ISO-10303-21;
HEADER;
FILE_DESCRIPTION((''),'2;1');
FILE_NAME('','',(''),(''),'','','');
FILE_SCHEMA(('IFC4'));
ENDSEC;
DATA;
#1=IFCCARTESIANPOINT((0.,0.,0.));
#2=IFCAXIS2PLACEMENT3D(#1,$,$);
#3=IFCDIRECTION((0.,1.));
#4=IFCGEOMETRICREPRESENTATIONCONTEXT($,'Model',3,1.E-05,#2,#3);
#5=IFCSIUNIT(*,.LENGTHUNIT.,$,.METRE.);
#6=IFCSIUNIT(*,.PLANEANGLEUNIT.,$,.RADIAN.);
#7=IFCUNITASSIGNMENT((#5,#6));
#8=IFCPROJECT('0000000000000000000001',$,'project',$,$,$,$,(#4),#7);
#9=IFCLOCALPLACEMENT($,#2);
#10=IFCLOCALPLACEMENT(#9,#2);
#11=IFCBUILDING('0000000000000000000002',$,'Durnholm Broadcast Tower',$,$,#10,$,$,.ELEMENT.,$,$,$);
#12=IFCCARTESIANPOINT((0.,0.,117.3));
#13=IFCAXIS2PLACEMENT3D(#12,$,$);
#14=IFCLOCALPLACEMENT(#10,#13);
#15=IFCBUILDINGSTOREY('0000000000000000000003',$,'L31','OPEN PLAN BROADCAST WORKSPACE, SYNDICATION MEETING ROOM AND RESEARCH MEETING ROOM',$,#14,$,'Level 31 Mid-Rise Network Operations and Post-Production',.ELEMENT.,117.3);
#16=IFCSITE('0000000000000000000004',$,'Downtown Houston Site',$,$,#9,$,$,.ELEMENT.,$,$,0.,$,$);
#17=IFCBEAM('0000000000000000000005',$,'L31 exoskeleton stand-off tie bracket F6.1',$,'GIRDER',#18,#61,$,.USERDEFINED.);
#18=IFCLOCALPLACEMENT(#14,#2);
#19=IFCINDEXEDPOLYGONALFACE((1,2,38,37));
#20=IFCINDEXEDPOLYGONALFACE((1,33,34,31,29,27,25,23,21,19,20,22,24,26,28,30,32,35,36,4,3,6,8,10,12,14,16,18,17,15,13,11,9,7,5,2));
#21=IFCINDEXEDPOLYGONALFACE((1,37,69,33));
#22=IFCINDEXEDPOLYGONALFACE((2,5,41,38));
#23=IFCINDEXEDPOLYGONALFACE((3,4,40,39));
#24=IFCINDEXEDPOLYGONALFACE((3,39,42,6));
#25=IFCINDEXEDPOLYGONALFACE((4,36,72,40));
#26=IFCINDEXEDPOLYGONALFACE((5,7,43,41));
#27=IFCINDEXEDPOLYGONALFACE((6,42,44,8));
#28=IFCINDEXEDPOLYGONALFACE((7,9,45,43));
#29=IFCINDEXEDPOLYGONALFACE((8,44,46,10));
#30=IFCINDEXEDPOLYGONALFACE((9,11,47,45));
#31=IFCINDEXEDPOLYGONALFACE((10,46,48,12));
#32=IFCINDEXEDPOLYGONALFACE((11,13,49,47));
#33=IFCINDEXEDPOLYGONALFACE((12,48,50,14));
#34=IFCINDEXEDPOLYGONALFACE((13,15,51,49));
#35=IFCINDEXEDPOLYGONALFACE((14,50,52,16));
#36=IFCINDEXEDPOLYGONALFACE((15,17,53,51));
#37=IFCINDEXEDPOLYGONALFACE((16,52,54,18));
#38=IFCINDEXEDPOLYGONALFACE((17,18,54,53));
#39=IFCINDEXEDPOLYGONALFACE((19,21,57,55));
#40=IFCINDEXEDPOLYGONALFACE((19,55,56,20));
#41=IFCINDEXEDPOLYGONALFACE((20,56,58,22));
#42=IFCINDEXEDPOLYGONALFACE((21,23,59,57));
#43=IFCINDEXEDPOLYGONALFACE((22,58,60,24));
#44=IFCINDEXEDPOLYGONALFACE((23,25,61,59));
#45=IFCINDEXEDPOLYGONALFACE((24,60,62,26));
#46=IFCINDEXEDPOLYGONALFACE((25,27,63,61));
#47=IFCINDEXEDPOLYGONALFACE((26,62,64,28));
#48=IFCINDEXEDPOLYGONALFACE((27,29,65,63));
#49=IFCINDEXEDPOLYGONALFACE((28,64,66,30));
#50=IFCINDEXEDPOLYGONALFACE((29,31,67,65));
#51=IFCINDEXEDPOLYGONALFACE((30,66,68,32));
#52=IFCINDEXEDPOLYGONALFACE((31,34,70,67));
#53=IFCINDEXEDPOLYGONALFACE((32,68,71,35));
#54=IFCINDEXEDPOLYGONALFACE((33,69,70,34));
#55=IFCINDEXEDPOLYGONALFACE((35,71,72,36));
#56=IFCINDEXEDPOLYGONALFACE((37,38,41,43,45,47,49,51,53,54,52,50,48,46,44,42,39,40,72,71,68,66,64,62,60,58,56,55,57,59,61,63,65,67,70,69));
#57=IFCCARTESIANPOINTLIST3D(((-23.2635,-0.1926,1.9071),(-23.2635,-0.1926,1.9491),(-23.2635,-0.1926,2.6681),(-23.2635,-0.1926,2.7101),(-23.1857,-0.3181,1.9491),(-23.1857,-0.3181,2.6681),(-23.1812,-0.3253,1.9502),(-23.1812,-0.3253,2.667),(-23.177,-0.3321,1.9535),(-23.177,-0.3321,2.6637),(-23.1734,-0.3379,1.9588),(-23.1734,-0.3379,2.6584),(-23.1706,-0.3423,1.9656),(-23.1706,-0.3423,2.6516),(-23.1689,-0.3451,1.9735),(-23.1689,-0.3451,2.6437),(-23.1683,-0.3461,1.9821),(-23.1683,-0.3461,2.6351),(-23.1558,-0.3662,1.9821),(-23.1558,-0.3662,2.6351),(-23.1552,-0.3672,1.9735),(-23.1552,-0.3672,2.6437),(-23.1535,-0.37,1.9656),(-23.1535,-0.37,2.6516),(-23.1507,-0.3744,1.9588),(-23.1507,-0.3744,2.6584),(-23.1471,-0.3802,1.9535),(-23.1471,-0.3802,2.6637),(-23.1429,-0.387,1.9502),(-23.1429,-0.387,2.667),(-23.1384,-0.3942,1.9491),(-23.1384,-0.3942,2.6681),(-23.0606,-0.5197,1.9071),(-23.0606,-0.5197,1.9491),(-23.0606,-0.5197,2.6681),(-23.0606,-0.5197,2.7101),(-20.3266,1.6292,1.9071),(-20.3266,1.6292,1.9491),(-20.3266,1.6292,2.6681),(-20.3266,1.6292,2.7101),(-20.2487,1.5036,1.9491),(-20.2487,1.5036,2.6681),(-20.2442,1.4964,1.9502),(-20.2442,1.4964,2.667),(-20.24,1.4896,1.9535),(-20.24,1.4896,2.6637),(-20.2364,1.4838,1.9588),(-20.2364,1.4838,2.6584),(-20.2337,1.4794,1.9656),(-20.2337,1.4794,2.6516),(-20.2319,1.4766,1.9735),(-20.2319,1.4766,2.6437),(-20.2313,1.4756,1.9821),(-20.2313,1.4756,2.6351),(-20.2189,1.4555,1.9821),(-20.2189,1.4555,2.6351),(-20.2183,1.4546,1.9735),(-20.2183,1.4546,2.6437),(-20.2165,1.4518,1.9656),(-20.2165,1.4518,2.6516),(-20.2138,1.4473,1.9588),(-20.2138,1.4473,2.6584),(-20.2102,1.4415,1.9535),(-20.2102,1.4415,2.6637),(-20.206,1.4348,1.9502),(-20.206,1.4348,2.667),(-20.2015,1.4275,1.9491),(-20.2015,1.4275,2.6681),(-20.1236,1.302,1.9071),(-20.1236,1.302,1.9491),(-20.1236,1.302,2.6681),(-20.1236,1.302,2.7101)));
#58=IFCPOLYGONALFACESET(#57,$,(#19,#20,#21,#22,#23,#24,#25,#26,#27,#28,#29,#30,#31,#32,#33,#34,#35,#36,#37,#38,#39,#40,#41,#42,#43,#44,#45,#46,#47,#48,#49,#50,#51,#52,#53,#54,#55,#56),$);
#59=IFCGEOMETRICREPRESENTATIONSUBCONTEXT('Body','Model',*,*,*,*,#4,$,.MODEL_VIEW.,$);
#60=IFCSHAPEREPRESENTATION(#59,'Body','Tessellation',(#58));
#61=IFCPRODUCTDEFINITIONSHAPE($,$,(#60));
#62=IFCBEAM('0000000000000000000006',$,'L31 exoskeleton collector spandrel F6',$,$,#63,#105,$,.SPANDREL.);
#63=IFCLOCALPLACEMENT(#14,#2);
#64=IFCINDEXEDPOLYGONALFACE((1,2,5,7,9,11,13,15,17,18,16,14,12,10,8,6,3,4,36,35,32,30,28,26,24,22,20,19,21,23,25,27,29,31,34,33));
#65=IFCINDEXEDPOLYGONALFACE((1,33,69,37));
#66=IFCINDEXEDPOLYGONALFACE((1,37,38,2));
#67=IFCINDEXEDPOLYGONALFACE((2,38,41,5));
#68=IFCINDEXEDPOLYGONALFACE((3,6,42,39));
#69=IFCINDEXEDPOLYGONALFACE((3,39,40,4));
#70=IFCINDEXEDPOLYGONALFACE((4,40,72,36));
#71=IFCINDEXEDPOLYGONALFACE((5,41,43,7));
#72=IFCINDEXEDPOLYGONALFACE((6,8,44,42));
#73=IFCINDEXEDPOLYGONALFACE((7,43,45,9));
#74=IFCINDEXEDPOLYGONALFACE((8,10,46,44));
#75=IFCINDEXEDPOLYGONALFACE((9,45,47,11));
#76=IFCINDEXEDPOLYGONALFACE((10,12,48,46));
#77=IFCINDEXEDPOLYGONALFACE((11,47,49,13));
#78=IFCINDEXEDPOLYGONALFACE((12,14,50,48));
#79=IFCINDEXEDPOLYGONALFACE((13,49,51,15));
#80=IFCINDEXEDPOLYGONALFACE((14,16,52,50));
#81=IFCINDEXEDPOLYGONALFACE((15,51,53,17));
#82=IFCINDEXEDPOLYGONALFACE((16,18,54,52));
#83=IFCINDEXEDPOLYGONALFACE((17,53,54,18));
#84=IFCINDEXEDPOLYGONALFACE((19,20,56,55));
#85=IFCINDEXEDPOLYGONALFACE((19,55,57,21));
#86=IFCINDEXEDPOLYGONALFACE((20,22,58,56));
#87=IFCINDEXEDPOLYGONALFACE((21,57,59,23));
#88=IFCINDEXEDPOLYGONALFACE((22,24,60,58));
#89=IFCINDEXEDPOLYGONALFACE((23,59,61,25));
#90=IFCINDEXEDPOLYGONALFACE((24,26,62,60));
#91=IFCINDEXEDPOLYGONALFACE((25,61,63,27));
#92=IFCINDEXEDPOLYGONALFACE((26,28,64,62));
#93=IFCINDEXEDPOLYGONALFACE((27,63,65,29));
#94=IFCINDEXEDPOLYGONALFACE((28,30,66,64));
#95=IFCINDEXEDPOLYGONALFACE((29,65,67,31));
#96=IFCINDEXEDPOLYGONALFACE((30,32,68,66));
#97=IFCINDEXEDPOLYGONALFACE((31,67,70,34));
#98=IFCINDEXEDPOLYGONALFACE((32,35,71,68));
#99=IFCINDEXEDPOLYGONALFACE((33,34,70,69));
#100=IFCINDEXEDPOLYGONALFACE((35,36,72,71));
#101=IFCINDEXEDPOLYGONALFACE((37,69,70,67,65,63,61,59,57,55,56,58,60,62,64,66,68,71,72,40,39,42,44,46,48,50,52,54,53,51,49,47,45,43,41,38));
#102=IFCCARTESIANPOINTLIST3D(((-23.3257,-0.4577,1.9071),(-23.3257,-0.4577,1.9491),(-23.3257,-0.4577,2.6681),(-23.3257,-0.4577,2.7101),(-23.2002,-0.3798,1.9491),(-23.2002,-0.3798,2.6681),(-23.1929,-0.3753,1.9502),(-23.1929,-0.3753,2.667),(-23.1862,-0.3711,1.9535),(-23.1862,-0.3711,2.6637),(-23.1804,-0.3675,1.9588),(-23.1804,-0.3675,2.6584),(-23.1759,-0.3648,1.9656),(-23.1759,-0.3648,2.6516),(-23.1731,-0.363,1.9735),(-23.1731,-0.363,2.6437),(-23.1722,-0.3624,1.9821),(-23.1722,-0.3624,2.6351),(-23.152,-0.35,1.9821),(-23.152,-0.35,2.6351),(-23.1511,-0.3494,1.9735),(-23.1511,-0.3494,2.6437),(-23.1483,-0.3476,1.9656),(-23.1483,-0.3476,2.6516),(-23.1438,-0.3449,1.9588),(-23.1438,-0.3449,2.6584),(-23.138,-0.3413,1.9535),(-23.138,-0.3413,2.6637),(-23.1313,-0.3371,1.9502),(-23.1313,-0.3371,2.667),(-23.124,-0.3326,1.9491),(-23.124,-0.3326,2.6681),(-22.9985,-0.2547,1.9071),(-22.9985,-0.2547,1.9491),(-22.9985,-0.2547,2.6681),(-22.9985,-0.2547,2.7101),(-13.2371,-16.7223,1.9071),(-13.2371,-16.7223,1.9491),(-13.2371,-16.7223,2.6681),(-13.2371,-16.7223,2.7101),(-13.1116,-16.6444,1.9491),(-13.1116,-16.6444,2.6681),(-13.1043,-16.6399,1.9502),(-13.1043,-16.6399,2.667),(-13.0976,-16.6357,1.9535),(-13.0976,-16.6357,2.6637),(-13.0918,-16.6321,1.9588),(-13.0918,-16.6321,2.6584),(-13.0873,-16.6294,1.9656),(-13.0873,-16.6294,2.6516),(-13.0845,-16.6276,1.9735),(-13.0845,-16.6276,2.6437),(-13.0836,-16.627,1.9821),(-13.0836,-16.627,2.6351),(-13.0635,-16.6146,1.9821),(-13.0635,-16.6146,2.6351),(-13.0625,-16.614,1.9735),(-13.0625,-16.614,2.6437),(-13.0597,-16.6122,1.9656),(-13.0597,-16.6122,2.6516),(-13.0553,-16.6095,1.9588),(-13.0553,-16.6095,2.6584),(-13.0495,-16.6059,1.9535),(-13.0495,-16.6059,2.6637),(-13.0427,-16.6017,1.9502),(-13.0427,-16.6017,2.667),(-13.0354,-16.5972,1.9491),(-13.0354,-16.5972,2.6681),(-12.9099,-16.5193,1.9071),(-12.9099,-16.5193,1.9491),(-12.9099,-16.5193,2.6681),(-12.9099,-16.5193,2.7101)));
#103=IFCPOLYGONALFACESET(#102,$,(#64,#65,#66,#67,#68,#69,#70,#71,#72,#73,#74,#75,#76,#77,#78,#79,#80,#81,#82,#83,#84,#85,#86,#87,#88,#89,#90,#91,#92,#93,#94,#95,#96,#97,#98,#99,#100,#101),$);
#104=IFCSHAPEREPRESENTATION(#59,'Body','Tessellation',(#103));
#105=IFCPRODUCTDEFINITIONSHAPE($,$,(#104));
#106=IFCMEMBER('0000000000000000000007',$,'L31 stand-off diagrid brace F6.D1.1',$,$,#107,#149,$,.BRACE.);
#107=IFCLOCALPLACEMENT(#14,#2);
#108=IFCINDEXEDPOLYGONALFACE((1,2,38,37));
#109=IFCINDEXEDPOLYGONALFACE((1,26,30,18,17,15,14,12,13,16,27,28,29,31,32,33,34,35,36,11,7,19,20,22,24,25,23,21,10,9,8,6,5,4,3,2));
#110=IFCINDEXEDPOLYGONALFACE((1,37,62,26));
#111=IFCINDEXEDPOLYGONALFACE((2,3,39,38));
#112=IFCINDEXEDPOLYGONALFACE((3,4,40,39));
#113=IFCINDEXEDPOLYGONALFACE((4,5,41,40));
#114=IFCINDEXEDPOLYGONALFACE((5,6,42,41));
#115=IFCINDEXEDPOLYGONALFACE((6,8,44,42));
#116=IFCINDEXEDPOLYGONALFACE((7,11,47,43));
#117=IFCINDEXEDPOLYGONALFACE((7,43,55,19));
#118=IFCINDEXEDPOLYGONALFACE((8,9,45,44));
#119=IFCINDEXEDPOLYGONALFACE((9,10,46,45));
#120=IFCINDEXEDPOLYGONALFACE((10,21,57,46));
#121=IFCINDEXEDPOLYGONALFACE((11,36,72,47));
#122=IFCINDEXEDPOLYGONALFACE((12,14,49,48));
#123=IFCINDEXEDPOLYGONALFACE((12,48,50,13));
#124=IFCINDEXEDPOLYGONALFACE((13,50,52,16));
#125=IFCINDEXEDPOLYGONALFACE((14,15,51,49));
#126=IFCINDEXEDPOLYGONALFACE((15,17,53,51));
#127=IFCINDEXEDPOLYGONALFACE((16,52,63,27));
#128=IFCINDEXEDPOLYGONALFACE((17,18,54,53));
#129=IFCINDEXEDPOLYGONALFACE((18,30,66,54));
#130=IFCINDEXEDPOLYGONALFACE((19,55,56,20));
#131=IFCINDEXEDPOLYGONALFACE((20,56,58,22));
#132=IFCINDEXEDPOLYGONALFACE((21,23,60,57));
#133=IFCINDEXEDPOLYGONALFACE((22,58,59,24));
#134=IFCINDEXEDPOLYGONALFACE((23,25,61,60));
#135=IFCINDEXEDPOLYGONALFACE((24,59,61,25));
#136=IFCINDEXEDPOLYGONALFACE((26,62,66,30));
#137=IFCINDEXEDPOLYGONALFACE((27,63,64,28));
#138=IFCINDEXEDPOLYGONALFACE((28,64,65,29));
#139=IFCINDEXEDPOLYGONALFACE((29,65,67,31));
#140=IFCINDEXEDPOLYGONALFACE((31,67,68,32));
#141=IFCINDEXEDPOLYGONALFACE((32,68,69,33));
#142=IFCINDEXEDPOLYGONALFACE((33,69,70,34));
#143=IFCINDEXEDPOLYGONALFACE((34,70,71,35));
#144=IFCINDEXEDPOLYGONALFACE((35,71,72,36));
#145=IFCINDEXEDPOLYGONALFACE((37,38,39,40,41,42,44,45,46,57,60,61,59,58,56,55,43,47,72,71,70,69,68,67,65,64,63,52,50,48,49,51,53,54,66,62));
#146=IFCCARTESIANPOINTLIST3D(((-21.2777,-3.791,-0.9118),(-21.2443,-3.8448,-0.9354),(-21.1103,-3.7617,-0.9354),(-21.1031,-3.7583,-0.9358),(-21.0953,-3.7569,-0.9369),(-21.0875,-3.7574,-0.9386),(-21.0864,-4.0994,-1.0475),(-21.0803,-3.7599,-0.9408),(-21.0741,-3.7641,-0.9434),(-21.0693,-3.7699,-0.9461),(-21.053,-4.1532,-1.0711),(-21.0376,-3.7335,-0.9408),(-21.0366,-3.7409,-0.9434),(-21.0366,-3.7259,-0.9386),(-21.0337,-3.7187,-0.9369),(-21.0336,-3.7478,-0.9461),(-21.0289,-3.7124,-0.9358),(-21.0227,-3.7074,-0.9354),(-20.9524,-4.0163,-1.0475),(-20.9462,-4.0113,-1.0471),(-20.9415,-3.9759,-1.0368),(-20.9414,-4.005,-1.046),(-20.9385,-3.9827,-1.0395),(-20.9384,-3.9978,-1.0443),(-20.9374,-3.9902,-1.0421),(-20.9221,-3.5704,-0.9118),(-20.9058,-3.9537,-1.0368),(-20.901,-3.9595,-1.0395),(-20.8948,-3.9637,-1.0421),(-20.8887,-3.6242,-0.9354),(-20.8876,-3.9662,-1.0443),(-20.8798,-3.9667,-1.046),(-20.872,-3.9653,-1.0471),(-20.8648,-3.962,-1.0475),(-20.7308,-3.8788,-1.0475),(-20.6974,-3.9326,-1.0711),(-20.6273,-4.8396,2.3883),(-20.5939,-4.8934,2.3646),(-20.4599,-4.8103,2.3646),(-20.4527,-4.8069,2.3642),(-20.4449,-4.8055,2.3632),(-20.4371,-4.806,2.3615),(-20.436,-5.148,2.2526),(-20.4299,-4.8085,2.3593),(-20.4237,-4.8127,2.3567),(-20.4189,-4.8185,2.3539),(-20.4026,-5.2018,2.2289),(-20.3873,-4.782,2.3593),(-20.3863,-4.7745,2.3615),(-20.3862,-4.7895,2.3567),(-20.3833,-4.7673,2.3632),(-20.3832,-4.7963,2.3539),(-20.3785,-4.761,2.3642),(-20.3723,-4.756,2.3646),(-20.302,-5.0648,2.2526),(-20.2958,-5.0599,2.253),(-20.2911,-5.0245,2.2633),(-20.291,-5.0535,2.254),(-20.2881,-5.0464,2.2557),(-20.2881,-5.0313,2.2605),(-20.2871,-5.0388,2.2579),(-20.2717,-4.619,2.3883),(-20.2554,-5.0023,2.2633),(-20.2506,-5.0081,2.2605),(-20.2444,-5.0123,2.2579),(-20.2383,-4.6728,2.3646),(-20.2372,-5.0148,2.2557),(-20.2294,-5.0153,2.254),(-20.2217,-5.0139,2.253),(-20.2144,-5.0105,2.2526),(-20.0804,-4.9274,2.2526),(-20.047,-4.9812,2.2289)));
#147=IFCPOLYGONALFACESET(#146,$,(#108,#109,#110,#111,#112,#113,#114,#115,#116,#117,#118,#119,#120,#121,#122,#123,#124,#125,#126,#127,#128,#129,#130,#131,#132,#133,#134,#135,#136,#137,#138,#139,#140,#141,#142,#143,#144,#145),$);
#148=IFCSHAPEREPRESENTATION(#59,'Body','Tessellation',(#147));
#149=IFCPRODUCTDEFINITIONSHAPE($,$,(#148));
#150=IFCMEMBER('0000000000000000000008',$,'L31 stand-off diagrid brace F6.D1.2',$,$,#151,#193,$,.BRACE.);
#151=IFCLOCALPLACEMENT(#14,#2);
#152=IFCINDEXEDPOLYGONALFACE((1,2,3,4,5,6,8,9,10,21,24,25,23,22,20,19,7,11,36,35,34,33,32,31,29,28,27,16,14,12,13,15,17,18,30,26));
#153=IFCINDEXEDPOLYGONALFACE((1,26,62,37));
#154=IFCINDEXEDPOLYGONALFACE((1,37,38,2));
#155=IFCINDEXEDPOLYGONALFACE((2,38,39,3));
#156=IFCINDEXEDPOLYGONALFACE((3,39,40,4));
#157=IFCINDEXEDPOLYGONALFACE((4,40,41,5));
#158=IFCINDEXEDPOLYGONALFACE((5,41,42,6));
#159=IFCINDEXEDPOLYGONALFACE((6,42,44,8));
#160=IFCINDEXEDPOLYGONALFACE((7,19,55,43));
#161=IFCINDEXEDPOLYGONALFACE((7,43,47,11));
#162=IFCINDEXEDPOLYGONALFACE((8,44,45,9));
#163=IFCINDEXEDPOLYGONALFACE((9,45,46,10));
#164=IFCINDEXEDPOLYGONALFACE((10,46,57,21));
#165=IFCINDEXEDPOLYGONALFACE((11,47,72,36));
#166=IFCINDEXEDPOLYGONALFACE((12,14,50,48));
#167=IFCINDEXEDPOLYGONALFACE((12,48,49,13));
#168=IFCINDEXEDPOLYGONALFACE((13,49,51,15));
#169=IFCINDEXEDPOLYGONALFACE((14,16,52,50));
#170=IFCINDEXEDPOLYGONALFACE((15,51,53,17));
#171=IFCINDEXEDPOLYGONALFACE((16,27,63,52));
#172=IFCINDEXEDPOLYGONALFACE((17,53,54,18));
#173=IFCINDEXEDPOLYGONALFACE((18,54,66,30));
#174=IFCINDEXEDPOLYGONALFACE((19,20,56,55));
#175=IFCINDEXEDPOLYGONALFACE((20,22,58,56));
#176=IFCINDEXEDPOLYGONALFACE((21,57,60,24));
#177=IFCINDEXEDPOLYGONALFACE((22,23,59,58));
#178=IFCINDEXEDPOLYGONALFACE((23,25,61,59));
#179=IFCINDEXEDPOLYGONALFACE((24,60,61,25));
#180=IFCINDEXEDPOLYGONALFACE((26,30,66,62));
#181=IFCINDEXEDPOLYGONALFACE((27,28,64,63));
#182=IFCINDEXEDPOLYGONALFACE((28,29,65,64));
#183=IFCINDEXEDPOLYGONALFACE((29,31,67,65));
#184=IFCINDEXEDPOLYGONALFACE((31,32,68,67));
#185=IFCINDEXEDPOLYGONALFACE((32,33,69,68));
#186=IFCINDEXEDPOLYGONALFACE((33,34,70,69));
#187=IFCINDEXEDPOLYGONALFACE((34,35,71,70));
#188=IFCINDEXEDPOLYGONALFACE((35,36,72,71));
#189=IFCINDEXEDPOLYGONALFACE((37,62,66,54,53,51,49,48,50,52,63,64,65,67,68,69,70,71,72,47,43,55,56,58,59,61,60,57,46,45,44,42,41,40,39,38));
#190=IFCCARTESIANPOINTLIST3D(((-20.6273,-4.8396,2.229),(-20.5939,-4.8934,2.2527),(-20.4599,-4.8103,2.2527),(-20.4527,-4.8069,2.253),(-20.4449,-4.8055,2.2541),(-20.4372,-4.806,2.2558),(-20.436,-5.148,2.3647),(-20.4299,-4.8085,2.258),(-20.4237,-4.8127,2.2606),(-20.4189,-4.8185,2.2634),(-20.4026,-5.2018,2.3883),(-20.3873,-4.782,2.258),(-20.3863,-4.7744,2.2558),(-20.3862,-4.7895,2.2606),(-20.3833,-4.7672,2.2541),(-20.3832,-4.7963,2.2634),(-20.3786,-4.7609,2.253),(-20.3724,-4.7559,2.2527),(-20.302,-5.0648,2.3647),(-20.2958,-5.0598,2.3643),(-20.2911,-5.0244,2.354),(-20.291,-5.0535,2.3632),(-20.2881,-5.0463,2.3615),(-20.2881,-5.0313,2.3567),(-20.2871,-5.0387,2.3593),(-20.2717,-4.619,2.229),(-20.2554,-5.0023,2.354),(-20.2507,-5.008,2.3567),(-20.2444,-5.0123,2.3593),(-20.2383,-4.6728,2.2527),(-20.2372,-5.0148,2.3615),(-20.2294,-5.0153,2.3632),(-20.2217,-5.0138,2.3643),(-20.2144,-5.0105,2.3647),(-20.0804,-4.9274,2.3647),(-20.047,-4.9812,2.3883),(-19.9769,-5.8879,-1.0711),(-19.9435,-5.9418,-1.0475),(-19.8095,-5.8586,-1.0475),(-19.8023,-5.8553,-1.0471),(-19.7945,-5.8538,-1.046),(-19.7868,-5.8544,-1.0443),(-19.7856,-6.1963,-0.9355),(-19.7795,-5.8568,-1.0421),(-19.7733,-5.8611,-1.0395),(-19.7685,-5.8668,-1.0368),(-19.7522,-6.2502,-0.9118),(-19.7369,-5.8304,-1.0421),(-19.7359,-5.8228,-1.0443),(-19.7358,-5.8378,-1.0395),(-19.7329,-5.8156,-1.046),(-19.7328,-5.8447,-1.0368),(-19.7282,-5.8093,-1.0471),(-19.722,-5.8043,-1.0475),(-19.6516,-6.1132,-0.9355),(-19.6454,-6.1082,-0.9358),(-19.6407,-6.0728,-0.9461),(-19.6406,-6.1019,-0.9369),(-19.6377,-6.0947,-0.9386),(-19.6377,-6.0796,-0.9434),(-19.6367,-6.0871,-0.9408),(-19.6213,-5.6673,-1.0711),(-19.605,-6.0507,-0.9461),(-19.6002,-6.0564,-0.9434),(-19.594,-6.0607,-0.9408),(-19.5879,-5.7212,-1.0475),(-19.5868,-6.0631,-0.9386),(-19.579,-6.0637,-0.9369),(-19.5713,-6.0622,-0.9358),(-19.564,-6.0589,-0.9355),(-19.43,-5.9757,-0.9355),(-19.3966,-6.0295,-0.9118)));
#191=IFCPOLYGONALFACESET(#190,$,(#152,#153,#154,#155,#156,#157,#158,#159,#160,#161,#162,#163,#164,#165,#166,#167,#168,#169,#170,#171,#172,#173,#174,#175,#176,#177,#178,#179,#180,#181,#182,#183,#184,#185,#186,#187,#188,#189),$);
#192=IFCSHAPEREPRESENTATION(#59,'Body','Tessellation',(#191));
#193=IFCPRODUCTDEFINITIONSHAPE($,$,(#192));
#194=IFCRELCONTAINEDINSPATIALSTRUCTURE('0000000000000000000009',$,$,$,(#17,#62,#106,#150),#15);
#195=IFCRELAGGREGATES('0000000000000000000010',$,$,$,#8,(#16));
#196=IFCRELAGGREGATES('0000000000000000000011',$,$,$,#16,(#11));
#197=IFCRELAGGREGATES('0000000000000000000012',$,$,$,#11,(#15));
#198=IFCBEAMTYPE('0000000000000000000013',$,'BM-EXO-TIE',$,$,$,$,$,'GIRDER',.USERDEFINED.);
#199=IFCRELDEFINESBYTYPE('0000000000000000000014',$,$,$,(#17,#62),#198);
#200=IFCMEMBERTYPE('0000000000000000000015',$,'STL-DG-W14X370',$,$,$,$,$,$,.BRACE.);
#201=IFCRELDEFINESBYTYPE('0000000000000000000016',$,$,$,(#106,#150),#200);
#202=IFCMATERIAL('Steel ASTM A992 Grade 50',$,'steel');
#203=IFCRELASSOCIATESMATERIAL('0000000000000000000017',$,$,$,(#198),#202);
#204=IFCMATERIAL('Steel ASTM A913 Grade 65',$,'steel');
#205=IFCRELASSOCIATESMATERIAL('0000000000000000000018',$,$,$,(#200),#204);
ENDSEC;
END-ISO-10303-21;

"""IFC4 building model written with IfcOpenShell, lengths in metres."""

from ifc_helpers import new_model, si_unit, direction, frame, origin, origin_2d, place, context, subcontext, project, spatial, i_section, extrude, source, transform, mapped, material, material_profile, profile_set, type_object, type_shapes, element, save


model = new_model("IFC4")

# Units and contexts
model_context = context("Model", 3, precision=1e-05, world=origin(), true_north=direction((0.0, 1.0)))
body_context = subcontext(model_context, "Body", "Model", "MODEL_VIEW")
ifc_project = project(units=[si_unit("LENGTHUNIT", "METRE"), si_unit("PLANEANGLEUNIT", "RADIAN")], contexts=[model_context])

# Site, building, storey
site_placement = place(None, origin())
site = spatial("IfcSite", under=ifc_project, at=site_placement, Name="Downtown Houston Site", CompositionType="ELEMENT", RefElevation=0.0)
building_placement = place(site_placement, origin())
building = spatial("IfcBuilding", under=site, at=building_placement, Name="Durnholm Broadcast Tower", CompositionType="ELEMENT")
storey_placement = place(building_placement, frame((0.0, 0.0, 117.3)))
storey = spatial("IfcBuildingStorey", under=building, at=storey_placement, Name="L31", Description="OPEN PLAN BROADCAST WORKSPACE, SYNDICATION MEETING ROOM AND RESEARCH MEETING ROOM", LongName="Level 31 Mid-Rise Network Operations and Post-Production", CompositionType="ELEMENT", Elevation=117.3)

# Beams
ifc_material_1 = material(Name="Steel ASTM A992 Grade 50", Category="steel")
ifc_material_profile_1 = material_profile(ifc_material_1, i_section(OverallWidth=0.385, OverallDepth=0.803, WebThickness=0.0237, FlangeThickness=0.042, FilletRadius=0.033, at=origin_2d()), Name="W30X261")
ifc_profile_set_1 = profile_set([ifc_material_profile_1], Name="Steel ASTM A992 Grade 50")
beam_type = type_object("IfcBeamType", Name="BM-EXO-TIE", ElementType="GIRDER", PredefinedType="USERDEFINED", material=ifc_profile_set_1)
shared_shape_1 = source(origin(), body_context, "Body", "SweptSolid", [
    extrude(i_section(OverallWidth=0.385, OverallDepth=0.803, WebThickness=0.0237, FlangeThickness=0.042, FilletRadius=0.033, at=origin_2d()), origin(), (0.0, 0.0, 1.0), 3.4561),
])
beam_1_placement = place(storey_placement, frame((-20.2251, 1.4656, 2.3086), z_axis=(-0.849795, -0.527113, 0.0), x_axis=(0.527113, -0.849795, 0.0)))
element("IfcBeam", 1, at=beam_1_placement, inside=storey, type_object=beam_type, Name="L31 exoskeleton stand-off tie bracket F6.1", ObjectType="GIRDER", PredefinedType="USERDEFINED", context=body_context, shape_type="MappedRepresentation", body=[
    mapped(shared_shape_1, transform((0.0, 0.0, 0.0), x_axis=(1.0, 0.0, 0.0), y_axis=(0.0, 1.0, 0.0), z_axis=(0.0, 0.0, 1.0), scale=1.0)),
])
shared_shape_2 = source(origin(), body_context, "Body", "SweptSolid", [
    extrude(i_section(OverallWidth=0.385, OverallDepth=0.803, WebThickness=0.0237, FlangeThickness=0.042, FilletRadius=0.033, at=origin_2d()), origin(), (0.0, 0.0, 1.0), 19.1394),
])
type_shapes(beam_type, [shared_shape_1, shared_shape_2])
beam_2_placement = place(storey_placement, frame((-23.1621, -0.3562, 2.3086), z_axis=(0.527111, -0.849796, 0.0), x_axis=(0.849796, 0.527111, 0.0)))
element("IfcBeam", 2, at=beam_2_placement, inside=storey, type_object=beam_type, Name="L31 exoskeleton collector spandrel F6", PredefinedType="SPANDREL", context=body_context, shape_type="MappedRepresentation", body=[
    mapped(shared_shape_2, transform((0.0, 0.0, 0.0), x_axis=(1.0, 0.0, 0.0), y_axis=(0.0, 1.0, 0.0), z_axis=(0.0, 0.0, 1.0), scale=1.0)),
])

# Members
ifc_material_2 = material(Name="Steel ASTM A913 Grade 65", Category="steel")
ifc_material_profile_2 = material_profile(ifc_material_2, i_section(OverallWidth=0.4185, OverallDepth=0.4551, WebThickness=0.042, FlangeThickness=0.0676, FilletRadius=0.0305, at=origin_2d()), Name="W14X370")
ifc_profile_set_2 = profile_set([ifc_material_profile_2], Name="Steel ASTM A913 Grade 65")
member_type_1 = type_object("IfcMemberType", Name="STL-DG-W14X370", PredefinedType="BRACE", material=ifc_profile_set_2)
shared_shape_3 = source(origin(), body_context, "Body", "SweptSolid", [
    extrude(i_section(OverallWidth=0.4185, OverallDepth=0.4551, WebThickness=0.042, FlangeThickness=0.0676, FilletRadius=0.0305, at=origin_2d()), origin(), (0.0, 0.0, 1.0), 3.5232),
])
type_shapes(member_type_1, [shared_shape_3])
for number, where, z_axis, x_axis, name in (
    (3, (-20.9875, -3.8618, -0.9915), (0.184603, -0.297624, 0.936665), (0.849805, 0.527097, 0.0), "L31 stand-off diagrid brace F6.D1.1"),
    (4, (-19.6868, -5.9587, -0.9915), (-0.184607, 0.29756, 0.936685), (-0.84975, -0.527186, 0.0), "L31 stand-off diagrid brace F6.D1.2"),
):
    element("IfcMember", number, at=place(storey_placement, frame(where, z_axis=z_axis, x_axis=x_axis)), inside=storey, type_object=member_type_1, Name=name, PredefinedType="BRACE", context=body_context, shape_type="MappedRepresentation", body=[
        mapped(shared_shape_3, transform((0.0, 0.0, 0.0), x_axis=(1.0, 0.0, 0.0), y_axis=(0.0, 1.0, 0.0), z_axis=(0.0, 0.0, 1.0), scale=1.0)),
    ])

save(model, "model.ifc")
